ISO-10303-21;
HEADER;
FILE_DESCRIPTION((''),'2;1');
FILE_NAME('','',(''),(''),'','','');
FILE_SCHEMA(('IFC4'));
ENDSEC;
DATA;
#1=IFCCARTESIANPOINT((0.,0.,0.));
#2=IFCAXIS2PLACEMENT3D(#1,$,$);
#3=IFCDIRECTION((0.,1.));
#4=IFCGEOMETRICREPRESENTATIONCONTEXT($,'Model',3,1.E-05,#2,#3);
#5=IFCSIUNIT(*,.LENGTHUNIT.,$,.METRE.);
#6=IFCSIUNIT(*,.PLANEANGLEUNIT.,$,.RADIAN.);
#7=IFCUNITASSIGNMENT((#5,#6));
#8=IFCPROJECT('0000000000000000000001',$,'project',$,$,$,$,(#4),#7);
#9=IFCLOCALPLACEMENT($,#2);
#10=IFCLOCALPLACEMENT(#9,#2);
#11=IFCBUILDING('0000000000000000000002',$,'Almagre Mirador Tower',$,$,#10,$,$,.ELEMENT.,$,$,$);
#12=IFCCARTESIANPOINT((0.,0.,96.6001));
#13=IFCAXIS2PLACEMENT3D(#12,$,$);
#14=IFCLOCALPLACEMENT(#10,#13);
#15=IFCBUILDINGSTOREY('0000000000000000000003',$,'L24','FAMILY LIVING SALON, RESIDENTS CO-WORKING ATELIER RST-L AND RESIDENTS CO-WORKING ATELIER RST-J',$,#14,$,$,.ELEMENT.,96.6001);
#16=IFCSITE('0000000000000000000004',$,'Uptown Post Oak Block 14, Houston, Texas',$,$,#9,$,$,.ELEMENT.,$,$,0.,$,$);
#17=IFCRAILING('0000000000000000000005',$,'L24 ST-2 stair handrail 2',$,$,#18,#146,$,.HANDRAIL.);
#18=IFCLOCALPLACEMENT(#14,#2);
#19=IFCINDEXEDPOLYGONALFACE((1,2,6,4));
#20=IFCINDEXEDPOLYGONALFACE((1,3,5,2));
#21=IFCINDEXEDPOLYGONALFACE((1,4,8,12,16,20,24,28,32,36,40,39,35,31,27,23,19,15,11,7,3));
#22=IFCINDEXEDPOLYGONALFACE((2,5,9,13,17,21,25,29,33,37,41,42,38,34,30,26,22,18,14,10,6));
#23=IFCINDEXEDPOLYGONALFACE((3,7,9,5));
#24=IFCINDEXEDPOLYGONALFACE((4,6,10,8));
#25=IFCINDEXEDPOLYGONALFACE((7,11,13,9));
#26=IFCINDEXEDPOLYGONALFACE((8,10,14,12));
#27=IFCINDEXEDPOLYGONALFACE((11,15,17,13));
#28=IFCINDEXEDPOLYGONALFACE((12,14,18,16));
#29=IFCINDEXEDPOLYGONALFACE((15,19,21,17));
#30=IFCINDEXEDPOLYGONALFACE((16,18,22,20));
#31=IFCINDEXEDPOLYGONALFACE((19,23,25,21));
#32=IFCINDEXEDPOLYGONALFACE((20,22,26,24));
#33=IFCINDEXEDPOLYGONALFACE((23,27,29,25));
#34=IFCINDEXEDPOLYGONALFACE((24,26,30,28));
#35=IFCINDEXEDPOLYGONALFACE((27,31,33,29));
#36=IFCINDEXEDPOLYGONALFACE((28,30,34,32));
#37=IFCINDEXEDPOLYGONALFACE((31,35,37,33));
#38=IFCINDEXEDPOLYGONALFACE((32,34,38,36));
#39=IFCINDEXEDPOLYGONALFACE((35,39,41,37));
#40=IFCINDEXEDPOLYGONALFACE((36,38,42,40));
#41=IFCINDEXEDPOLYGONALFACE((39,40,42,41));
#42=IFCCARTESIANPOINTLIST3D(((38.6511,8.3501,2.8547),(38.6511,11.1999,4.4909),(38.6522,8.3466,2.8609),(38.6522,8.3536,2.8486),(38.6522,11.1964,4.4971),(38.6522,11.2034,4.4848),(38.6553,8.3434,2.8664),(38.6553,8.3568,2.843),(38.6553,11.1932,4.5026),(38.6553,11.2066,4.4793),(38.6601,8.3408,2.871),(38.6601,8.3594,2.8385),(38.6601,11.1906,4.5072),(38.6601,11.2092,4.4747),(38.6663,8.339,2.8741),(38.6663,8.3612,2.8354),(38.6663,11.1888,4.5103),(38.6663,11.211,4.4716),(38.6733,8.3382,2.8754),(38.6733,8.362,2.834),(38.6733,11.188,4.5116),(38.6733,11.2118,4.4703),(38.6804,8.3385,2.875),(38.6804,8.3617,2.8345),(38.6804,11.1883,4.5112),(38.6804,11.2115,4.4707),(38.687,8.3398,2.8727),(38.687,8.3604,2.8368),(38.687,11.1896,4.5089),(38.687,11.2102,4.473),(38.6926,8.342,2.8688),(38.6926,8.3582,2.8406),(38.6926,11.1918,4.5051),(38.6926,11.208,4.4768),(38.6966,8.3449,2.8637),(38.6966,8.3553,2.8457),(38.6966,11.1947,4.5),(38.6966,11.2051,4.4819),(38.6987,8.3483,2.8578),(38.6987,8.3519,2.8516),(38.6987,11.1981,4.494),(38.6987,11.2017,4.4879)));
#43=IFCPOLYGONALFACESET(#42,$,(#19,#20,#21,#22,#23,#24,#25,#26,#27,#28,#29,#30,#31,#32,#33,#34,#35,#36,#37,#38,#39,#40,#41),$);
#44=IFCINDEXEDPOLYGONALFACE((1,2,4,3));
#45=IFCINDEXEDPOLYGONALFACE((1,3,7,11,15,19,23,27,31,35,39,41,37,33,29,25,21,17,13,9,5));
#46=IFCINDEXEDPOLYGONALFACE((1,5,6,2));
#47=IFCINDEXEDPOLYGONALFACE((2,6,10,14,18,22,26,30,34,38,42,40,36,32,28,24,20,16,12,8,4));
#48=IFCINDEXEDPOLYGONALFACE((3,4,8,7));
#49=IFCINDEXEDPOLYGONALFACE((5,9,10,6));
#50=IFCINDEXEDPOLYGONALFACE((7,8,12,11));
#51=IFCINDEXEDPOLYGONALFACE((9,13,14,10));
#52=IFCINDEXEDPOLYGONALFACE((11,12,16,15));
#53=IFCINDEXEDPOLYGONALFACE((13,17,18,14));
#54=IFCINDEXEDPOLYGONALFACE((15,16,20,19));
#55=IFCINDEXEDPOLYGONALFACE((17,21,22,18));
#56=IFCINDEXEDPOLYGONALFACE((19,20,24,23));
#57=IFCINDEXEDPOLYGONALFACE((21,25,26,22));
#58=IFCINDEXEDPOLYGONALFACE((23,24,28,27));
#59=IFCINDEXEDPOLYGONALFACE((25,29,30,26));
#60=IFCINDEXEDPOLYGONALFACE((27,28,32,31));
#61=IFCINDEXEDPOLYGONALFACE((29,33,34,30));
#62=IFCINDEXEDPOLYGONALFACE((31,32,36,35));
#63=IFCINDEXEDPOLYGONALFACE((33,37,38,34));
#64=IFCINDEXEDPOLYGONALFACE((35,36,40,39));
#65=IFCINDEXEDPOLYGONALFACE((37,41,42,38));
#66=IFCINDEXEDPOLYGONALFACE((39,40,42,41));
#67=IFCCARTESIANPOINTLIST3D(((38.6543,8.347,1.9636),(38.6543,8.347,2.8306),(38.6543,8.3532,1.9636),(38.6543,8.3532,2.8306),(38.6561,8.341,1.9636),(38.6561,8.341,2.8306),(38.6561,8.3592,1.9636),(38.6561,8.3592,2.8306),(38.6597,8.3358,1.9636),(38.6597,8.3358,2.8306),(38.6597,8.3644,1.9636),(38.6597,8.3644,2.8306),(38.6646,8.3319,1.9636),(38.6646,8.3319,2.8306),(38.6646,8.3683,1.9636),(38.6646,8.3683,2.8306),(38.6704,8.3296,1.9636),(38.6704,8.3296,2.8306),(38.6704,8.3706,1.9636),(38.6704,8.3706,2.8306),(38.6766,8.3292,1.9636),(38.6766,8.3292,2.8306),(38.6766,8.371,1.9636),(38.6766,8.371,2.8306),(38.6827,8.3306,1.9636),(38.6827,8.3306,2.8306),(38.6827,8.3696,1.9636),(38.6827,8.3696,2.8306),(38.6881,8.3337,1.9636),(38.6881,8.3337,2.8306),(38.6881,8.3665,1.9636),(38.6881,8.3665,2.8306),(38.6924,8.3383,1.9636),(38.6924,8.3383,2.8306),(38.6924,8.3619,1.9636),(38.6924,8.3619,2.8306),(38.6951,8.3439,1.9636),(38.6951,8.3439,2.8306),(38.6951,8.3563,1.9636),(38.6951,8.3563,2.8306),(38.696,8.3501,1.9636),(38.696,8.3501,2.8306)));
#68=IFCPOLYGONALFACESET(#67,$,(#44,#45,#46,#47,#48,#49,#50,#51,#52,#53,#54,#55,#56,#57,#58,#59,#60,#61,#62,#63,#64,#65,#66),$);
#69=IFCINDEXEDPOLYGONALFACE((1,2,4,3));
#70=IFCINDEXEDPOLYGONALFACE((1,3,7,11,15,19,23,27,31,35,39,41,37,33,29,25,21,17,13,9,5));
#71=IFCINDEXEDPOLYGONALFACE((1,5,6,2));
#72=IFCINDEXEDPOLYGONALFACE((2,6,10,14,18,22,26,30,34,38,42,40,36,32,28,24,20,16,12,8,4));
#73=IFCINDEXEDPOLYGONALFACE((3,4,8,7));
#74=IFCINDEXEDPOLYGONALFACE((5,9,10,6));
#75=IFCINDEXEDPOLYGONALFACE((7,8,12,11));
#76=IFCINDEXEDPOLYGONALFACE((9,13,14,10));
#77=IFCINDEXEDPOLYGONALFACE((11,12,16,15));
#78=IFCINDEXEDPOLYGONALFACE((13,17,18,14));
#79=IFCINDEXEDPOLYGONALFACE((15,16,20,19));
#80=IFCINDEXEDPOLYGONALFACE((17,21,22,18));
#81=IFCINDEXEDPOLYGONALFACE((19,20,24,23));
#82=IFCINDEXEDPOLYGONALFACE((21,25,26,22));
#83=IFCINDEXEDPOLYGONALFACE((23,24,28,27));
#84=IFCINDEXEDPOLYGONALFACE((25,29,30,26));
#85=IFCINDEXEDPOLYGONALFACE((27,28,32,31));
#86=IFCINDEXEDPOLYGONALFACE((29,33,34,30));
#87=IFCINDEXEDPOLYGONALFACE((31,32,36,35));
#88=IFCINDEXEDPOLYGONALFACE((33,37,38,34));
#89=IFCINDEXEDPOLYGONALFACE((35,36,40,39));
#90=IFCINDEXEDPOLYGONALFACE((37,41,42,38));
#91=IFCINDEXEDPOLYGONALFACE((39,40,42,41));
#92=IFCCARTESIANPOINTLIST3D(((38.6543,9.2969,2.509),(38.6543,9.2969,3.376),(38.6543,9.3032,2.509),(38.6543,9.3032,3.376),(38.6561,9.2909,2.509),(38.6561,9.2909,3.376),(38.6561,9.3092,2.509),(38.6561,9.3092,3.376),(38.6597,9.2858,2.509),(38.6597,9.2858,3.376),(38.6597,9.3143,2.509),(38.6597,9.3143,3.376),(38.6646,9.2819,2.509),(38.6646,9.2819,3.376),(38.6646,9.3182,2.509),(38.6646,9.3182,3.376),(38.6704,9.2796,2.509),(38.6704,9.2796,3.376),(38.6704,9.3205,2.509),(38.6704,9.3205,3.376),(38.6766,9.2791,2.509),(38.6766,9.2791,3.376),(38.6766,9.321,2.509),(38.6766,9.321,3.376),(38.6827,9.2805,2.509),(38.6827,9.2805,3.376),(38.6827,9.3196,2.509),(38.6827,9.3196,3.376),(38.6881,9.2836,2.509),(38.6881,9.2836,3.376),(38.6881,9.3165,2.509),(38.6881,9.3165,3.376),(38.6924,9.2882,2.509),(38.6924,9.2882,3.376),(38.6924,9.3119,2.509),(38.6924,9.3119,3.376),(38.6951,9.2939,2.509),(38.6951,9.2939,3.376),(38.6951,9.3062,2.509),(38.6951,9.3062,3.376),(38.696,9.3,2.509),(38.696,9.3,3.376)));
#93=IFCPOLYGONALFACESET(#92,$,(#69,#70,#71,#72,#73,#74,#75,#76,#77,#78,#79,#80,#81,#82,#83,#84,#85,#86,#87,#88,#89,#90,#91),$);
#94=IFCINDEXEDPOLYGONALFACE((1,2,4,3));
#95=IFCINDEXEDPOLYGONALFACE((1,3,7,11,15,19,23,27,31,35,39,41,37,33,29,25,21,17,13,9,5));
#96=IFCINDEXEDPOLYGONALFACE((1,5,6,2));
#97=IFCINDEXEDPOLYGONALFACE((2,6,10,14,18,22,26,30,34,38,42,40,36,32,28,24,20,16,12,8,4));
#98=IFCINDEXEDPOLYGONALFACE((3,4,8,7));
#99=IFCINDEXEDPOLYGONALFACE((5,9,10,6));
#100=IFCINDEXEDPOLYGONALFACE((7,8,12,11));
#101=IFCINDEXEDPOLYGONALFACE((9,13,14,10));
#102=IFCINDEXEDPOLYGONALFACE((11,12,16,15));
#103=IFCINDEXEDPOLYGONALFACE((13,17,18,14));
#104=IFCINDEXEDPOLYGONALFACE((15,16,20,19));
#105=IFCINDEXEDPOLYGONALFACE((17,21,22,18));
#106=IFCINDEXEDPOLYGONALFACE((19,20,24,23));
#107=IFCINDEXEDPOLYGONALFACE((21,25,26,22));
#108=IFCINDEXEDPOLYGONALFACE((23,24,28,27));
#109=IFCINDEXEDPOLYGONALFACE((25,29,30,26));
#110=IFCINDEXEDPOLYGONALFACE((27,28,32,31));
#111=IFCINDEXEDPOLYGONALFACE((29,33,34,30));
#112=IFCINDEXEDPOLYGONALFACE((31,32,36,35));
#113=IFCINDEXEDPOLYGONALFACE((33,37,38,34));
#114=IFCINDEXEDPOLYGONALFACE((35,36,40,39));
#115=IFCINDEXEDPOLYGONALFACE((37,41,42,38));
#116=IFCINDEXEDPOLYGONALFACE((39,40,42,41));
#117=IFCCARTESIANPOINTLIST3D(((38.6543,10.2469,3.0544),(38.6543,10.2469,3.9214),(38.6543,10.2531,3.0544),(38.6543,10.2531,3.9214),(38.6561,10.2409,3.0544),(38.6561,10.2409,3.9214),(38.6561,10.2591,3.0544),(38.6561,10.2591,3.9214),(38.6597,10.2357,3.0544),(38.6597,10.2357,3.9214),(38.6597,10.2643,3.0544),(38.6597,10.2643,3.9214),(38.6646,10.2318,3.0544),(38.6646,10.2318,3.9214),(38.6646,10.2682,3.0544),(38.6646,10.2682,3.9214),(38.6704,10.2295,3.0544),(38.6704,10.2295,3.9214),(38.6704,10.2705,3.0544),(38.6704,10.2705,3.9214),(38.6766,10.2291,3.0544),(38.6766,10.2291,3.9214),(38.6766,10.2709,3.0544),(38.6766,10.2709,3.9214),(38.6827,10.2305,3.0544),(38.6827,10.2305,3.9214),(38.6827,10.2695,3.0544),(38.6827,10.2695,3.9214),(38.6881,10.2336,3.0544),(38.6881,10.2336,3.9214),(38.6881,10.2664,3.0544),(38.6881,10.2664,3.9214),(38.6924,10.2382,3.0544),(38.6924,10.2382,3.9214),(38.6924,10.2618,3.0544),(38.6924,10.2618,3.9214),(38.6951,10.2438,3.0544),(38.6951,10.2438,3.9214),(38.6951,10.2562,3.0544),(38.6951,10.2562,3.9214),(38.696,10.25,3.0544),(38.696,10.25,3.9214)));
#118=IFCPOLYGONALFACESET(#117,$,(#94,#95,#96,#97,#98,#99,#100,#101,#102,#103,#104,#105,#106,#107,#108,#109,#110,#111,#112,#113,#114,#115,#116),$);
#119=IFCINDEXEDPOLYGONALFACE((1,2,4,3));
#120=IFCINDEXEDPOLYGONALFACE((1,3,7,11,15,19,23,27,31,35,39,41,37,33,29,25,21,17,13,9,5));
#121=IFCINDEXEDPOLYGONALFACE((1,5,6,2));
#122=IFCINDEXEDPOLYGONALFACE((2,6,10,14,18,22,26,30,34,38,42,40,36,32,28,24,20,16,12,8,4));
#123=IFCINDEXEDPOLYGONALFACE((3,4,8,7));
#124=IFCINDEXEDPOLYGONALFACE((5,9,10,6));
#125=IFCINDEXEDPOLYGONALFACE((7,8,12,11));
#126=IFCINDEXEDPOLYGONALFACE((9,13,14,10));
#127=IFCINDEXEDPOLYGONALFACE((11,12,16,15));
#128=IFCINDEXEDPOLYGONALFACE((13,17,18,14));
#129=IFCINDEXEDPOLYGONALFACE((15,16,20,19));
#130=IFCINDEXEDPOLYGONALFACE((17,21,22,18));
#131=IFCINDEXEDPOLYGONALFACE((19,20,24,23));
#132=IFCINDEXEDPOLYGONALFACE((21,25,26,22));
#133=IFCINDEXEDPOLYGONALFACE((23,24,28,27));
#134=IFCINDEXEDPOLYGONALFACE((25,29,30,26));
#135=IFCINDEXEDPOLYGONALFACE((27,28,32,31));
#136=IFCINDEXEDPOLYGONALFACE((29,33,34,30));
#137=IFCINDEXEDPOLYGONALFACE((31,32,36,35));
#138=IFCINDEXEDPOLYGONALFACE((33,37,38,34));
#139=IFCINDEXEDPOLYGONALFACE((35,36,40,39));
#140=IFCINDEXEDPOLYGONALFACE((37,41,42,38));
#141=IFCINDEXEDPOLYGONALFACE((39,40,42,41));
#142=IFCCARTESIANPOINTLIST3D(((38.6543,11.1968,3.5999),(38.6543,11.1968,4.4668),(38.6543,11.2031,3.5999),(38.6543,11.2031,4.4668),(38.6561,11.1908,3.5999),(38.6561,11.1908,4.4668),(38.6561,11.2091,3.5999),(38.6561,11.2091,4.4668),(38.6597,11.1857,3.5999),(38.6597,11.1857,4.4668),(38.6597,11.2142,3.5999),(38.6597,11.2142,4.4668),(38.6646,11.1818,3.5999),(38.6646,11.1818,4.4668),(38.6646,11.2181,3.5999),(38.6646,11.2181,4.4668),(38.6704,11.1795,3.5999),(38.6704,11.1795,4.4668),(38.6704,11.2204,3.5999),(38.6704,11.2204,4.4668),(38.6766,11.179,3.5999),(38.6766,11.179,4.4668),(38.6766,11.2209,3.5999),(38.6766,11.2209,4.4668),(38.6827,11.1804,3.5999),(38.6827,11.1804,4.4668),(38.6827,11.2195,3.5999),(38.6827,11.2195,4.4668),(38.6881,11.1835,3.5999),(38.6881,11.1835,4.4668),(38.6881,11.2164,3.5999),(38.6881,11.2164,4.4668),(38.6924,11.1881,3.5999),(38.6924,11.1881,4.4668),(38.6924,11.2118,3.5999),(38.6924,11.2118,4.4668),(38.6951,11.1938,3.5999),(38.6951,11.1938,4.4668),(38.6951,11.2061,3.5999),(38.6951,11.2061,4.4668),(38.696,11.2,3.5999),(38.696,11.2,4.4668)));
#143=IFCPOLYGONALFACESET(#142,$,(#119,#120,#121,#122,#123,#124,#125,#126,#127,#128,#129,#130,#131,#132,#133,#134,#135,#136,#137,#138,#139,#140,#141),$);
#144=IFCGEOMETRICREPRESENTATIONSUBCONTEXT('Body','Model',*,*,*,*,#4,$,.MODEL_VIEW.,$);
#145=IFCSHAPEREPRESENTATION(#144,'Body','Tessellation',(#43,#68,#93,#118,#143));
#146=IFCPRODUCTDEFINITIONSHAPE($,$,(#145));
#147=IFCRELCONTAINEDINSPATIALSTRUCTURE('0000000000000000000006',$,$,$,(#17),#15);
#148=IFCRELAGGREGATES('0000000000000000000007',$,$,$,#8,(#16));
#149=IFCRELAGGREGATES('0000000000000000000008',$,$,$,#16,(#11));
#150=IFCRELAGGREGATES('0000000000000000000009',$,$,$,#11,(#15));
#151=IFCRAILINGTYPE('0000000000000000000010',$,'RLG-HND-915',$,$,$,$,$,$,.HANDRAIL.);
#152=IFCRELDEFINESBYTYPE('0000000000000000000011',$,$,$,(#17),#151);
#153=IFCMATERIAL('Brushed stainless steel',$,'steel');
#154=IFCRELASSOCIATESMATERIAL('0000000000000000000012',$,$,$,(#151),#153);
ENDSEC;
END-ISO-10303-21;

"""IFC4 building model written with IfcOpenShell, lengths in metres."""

from ifc_helpers import new_model, si_unit, direction, frame, origin, origin_2d, place, context, subcontext, project, spatial, circle, extrude, material, type_object, element, save


model = new_model("IFC4")

# Units and contexts
model_context = context("Model", 3, precision=1e-05, world=origin(), true_north=direction((0.0, 1.0)))
body_context = subcontext(model_context, "Body", "Model", "MODEL_VIEW")
ifc_project = project(units=[si_unit("LENGTHUNIT", "METRE"), si_unit("PLANEANGLEUNIT", "RADIAN")], contexts=[model_context])

# Site, building, storey
site_placement = place(None, origin())
site = spatial("IfcSite", under=ifc_project, at=site_placement, Name="Uptown Post Oak Block 14, Houston, Texas", CompositionType="ELEMENT", RefElevation=0.0)
building_placement = place(site_placement, origin())
building = spatial("IfcBuilding", under=site, at=building_placement, Name="Almagre Mirador Tower", CompositionType="ELEMENT")
storey_placement = place(building_placement, frame((0.0, 0.0, 96.6001)))
storey = spatial("IfcBuildingStorey", under=building, at=storey_placement, Name="L24", Description="FAMILY LIVING SALON, RESIDENTS CO-WORKING ATELIER RST-L AND RESIDENTS CO-WORKING ATELIER RST-J", CompositionType="ELEMENT", Elevation=96.6001)

# Railing
ifc_material_1 = material(Name="Brushed stainless steel", Category="steel")
railing_type_1 = type_object("IfcRailingType", Name="RLG-HND-915", PredefinedType="HANDRAIL", material=ifc_material_1)
railing_1_placement = place(storey_placement, frame((38.675, 8.3501, 1.9636)))
element("IfcRailing", 1, at=railing_1_placement, inside=storey, type_object=railing_type_1, Name="L24 ST-2 stair handrail 2", PredefinedType="HANDRAIL", context=body_context, shape_type="SweptSolid", body=[
    extrude(circle(Radius=0.0239, at=origin_2d()), frame((0.0, 0.0, 0.8911), z_axis=(0.0, 0.867226, 0.497914), x_axis=(-1.0, 0.0, 0.0)), (0.0, 0.0, 1.0), 3.2861),
    extrude(circle(Radius=0.021, at=origin_2d()), origin(), (0.0, 0.0, 1.0), 0.8669),
    extrude(circle(Radius=0.021, at=origin_2d()), frame((0.0, 0.95, 0.5454)), (0.0, 0.0, 1.0), 0.8669),
    extrude(circle(Radius=0.021, at=origin_2d()), frame((0.0, 1.8999, 1.0908)), (0.0, 0.0, 1.0), 0.8669),
    extrude(circle(Radius=0.021, at=origin_2d()), frame((0.0, 2.8499, 1.6362)), (0.0, 0.0, 1.0), 0.8669),
])

save(model, "model.ifc")
